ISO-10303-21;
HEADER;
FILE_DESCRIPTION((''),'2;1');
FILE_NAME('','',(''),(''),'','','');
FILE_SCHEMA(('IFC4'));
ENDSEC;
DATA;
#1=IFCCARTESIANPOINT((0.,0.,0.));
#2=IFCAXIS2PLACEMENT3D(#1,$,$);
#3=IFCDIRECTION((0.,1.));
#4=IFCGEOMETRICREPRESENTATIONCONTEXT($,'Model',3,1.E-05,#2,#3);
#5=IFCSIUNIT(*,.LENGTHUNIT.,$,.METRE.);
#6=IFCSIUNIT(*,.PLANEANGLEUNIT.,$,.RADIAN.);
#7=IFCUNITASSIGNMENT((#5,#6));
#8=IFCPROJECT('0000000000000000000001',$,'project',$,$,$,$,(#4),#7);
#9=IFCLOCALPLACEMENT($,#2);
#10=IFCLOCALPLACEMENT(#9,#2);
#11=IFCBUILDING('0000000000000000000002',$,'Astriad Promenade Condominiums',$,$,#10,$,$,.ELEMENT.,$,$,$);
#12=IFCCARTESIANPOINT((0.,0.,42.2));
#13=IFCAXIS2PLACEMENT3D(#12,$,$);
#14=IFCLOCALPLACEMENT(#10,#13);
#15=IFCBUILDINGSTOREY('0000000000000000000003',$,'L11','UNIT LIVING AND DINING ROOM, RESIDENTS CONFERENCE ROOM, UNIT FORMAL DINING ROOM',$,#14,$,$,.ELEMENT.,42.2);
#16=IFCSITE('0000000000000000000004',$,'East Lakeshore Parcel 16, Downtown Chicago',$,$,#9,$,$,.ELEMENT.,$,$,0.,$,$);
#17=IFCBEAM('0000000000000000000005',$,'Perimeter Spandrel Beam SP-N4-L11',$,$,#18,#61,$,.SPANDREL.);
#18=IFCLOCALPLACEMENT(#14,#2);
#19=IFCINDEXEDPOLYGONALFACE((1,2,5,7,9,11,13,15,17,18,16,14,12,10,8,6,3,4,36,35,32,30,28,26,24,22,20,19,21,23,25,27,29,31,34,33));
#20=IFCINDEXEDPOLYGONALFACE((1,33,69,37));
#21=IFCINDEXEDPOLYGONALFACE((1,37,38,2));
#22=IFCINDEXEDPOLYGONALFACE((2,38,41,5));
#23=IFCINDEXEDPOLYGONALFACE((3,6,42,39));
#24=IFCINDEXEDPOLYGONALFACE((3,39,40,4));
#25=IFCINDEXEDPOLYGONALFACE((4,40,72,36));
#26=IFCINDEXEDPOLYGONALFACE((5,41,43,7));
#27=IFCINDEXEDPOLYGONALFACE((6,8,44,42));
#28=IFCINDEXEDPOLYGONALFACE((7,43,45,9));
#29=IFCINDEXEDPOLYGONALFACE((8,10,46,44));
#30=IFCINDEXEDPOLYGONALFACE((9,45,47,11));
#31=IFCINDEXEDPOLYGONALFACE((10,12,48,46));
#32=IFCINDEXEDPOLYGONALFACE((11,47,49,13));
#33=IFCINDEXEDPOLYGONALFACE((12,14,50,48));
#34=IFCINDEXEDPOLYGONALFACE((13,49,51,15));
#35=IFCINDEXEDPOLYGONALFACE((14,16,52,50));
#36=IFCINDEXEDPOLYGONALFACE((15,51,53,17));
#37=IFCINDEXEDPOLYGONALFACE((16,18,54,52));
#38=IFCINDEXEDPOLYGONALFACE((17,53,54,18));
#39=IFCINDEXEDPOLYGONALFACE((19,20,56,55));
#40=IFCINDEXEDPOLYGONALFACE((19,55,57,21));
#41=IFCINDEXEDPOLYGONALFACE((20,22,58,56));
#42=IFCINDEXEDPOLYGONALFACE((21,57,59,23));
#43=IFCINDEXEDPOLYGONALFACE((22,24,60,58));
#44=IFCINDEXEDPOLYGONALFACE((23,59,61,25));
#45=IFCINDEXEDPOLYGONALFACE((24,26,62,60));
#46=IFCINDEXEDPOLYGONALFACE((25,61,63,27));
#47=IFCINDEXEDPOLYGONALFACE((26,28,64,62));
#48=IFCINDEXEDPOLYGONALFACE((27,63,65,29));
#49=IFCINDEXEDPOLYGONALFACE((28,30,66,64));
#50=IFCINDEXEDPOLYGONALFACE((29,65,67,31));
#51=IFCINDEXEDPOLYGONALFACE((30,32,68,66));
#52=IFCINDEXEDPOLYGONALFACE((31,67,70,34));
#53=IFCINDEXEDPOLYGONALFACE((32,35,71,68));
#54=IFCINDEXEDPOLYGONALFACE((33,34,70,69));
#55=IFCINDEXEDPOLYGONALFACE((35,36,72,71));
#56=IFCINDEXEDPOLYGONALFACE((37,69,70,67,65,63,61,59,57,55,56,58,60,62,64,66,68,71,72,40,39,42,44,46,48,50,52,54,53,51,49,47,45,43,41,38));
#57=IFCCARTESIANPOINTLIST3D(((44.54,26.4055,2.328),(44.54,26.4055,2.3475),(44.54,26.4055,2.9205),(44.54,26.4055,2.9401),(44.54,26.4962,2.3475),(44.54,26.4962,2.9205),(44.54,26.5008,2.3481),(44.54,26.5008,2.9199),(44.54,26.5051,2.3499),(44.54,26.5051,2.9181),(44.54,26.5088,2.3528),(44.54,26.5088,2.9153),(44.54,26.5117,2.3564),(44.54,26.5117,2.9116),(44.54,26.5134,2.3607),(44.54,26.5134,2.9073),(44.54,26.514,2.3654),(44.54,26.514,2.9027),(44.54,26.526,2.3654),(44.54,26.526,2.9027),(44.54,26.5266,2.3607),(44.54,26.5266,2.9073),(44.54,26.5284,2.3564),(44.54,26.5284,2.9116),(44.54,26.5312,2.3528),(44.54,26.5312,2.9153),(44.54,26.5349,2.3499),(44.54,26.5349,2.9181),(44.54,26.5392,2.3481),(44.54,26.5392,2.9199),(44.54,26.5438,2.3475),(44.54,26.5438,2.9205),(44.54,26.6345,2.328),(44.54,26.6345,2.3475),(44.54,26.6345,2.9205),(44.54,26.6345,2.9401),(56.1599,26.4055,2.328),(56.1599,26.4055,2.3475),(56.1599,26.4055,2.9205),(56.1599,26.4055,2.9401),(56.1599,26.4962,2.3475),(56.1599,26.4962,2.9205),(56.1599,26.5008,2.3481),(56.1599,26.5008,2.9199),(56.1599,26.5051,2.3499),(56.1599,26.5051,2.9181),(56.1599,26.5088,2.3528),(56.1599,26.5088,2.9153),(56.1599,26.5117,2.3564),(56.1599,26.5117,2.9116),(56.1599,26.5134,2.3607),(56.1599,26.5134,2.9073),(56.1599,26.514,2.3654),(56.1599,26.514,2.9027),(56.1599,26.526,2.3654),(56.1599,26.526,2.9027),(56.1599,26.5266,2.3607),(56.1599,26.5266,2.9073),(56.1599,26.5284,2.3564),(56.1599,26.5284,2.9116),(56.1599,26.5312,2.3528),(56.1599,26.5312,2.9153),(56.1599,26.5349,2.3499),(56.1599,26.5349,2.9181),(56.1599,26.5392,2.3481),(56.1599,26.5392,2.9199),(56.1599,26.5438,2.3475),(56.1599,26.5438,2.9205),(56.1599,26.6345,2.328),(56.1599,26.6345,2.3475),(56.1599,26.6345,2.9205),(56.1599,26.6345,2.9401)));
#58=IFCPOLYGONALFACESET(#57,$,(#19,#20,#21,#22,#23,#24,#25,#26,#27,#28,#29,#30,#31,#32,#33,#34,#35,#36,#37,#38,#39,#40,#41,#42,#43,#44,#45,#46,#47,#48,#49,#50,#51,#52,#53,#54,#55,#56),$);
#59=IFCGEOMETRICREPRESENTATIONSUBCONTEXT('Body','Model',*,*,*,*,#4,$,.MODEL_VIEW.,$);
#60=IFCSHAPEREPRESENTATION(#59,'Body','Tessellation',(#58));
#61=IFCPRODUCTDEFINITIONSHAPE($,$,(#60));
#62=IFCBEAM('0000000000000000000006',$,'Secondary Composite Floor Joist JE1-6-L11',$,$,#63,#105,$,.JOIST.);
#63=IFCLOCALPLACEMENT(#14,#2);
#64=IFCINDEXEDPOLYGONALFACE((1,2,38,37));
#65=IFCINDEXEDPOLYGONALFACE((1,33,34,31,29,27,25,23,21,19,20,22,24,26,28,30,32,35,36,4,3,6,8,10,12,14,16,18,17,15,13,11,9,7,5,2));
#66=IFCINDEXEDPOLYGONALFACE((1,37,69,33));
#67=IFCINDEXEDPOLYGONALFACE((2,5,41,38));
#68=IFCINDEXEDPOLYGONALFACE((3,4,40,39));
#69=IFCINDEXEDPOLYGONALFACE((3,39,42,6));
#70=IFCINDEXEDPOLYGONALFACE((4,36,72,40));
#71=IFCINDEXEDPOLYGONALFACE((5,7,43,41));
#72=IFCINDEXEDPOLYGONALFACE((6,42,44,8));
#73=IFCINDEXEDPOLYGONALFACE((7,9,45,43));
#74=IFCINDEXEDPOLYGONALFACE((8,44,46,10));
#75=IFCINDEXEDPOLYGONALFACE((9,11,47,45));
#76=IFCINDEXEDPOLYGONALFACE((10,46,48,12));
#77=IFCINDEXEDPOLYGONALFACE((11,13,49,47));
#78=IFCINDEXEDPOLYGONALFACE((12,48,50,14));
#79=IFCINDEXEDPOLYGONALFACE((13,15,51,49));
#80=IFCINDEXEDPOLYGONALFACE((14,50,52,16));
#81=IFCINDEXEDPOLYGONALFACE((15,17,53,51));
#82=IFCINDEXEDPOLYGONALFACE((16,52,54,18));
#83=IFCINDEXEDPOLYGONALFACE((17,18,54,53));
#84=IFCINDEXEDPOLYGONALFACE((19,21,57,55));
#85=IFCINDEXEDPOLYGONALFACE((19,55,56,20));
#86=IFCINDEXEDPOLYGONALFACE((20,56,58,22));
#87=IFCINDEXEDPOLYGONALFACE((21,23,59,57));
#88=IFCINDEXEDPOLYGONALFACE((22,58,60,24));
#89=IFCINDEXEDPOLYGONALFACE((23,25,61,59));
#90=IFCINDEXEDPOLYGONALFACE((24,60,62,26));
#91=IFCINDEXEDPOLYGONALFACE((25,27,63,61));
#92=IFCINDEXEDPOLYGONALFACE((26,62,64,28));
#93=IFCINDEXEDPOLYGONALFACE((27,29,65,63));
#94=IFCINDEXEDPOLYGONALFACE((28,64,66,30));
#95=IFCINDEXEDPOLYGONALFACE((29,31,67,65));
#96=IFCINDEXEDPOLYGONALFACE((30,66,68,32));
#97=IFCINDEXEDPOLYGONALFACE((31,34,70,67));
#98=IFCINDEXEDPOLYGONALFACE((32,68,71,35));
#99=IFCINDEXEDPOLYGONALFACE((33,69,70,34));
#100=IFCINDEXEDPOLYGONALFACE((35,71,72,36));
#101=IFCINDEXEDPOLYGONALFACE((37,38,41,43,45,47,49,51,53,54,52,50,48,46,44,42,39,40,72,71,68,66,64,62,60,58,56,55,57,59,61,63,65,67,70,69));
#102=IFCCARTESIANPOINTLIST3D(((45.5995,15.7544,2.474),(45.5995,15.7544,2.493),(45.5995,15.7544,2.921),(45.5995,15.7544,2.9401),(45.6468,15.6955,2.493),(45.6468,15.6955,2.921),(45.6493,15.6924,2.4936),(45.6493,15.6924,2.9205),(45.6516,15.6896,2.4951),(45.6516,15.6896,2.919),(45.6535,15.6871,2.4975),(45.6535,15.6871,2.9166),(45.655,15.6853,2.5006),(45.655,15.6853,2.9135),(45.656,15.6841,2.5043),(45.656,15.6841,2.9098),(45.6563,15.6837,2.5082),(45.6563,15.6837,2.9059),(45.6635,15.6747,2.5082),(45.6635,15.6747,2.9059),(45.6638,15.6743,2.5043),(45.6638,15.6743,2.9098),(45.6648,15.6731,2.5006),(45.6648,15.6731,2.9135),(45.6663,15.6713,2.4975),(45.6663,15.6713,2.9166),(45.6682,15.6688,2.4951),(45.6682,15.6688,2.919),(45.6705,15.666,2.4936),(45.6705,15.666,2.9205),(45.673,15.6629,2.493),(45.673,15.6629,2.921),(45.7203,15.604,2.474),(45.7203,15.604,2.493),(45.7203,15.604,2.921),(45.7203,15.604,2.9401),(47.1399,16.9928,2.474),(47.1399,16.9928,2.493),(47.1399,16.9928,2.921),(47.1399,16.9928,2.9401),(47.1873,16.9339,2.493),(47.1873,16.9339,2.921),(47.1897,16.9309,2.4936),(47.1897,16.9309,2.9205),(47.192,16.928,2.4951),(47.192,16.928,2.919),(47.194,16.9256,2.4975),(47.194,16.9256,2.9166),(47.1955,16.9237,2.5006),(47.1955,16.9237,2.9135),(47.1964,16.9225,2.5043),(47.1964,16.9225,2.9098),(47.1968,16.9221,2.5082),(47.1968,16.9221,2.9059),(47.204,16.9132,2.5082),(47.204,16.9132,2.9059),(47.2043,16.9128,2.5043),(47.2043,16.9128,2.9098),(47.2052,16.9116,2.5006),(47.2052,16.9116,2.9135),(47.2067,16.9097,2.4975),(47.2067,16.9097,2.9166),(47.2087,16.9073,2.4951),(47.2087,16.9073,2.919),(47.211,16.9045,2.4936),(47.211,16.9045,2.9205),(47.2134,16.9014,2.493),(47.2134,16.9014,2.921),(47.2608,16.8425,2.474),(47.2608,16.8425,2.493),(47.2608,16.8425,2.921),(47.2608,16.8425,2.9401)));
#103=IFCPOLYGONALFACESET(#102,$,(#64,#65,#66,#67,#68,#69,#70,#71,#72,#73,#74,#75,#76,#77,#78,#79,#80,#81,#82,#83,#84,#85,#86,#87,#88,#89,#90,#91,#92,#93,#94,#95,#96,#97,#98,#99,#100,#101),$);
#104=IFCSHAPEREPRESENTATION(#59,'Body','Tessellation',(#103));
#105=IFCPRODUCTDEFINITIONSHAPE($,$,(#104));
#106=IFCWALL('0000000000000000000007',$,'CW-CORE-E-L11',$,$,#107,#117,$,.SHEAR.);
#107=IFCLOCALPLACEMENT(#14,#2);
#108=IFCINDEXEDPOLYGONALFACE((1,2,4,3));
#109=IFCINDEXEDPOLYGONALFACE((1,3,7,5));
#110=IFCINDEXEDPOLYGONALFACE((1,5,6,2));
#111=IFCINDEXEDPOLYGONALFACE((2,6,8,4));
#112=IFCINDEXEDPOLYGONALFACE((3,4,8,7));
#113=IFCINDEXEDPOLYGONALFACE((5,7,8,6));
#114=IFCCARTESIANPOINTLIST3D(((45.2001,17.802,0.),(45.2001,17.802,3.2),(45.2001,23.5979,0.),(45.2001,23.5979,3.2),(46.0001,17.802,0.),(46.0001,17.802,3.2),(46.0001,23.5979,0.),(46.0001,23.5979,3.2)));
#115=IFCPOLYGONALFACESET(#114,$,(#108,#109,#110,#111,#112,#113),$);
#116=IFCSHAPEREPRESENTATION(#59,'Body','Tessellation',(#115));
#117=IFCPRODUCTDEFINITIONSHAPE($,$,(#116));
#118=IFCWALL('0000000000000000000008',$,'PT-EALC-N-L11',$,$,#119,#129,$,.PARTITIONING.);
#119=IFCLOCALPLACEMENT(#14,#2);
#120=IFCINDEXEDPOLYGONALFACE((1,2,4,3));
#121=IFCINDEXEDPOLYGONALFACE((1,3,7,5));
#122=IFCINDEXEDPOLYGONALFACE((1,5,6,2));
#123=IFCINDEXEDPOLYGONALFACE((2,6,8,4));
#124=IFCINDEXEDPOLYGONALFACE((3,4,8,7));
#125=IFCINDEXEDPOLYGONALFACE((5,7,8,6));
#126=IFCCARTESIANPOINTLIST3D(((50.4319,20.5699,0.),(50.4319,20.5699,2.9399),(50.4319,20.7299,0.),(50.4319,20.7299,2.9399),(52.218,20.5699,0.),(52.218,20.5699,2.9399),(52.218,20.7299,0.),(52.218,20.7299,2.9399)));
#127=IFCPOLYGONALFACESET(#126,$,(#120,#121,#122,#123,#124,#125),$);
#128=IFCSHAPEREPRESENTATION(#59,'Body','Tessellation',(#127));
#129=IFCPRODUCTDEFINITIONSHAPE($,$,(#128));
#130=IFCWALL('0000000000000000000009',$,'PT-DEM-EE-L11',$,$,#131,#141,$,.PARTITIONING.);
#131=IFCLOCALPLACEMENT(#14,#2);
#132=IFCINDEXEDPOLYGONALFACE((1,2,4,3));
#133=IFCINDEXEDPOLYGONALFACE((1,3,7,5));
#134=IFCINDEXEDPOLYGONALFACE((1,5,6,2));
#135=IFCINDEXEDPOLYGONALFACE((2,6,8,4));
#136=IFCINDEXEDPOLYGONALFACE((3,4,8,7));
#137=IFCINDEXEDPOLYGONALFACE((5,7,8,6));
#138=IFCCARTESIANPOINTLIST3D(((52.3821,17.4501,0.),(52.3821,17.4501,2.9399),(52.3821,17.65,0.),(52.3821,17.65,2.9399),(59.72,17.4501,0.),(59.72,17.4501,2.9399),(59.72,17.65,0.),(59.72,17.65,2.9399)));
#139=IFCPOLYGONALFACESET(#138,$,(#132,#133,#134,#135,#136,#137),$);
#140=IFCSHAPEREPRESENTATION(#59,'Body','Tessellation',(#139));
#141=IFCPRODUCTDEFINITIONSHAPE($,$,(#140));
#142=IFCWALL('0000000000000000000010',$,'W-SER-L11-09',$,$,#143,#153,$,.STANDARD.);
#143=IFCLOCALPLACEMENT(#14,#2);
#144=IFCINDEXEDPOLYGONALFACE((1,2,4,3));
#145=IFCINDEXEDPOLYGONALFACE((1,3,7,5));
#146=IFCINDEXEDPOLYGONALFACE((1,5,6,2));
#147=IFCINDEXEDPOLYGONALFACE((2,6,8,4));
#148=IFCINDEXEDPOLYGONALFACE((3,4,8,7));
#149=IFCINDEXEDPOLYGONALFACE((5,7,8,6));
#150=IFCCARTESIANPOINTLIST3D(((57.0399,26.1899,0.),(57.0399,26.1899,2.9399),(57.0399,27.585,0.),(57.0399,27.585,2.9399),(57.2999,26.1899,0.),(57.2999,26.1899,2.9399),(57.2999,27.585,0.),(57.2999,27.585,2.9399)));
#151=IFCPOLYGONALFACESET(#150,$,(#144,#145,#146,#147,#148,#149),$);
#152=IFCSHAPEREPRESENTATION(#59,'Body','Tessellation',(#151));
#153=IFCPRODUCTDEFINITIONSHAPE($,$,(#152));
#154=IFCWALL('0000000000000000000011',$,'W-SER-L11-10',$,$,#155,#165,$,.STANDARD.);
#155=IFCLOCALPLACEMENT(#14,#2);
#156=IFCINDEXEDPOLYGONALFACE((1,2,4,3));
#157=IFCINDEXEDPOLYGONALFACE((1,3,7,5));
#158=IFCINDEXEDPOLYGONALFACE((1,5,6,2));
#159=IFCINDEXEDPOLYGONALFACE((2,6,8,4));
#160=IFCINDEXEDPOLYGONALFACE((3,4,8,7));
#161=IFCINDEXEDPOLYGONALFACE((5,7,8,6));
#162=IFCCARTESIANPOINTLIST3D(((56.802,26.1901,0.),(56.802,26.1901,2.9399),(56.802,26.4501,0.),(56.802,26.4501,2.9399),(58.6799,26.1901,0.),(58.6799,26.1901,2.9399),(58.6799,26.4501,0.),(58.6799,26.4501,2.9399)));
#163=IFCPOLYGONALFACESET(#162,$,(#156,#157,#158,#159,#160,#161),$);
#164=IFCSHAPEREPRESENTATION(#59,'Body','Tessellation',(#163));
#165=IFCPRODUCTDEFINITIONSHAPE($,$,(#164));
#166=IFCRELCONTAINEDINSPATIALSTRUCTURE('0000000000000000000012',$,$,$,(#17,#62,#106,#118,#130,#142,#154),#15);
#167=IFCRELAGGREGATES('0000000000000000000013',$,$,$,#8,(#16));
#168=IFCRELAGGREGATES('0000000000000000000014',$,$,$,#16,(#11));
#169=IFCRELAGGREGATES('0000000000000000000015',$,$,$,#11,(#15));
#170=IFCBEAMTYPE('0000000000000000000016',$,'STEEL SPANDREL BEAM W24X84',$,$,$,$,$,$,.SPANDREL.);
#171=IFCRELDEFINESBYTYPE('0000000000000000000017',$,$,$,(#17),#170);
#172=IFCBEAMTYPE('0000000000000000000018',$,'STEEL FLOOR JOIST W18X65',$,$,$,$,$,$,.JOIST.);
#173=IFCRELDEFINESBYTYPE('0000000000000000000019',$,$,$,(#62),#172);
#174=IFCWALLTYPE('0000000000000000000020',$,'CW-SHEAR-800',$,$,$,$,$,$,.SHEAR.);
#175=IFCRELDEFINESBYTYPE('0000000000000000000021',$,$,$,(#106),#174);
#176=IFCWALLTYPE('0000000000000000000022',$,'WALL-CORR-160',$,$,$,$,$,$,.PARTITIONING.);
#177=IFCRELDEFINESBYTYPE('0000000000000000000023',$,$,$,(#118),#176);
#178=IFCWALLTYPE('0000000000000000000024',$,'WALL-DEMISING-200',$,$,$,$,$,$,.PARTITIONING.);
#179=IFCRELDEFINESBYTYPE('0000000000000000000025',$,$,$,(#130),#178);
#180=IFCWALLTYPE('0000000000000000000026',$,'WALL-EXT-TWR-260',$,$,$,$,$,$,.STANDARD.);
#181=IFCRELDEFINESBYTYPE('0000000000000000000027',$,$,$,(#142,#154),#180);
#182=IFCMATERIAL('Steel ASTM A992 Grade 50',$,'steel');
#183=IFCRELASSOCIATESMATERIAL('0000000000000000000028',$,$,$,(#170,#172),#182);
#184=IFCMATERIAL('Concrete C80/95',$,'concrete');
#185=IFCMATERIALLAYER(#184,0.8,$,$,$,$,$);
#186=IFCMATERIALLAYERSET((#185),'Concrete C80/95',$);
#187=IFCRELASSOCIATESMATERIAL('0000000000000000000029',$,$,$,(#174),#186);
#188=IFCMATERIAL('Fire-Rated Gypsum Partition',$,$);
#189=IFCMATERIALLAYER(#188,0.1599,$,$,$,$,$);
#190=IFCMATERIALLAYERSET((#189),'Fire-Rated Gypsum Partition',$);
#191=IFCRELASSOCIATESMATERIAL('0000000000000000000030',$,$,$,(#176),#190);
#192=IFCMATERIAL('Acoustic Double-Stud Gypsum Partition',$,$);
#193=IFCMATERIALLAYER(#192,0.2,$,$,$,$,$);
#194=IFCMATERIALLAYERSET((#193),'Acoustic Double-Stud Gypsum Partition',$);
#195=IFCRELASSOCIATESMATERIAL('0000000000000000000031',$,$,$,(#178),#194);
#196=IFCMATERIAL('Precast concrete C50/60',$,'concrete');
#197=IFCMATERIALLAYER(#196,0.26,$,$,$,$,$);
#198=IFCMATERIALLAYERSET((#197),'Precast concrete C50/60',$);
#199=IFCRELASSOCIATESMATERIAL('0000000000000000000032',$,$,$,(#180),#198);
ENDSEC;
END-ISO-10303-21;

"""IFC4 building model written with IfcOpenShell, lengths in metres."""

from ifc_helpers import new_model, si_unit, direction, frame, frame_2d, origin, origin_2d, place, context, subcontext, project, spatial, rectangle, i_section, extrude, source, transform, mapped, material, layer, layer_set, material_profile, profile_set, type_object, type_shapes, element, save


model = new_model("IFC4")

# Units and contexts
model_context = context("Model", 3, precision=1e-05, world=origin(), true_north=direction((0.0, 1.0)))
body_context = subcontext(model_context, "Body", "Model", "MODEL_VIEW")
ifc_project = project(units=[si_unit("LENGTHUNIT", "METRE"), si_unit("PLANEANGLEUNIT", "RADIAN")], contexts=[model_context])

# Site, building, storey
site_placement = place(None, origin())
site = spatial("IfcSite", under=ifc_project, at=site_placement, Name="East Lakeshore Parcel 16, Downtown Chicago", CompositionType="ELEMENT", RefElevation=0.0)
building_placement = place(site_placement, origin())
building = spatial("IfcBuilding", under=site, at=building_placement, Name="Astriad Promenade Condominiums", CompositionType="ELEMENT")
storey_placement = place(building_placement, frame((0.0, 0.0, 42.2)))
storey = spatial("IfcBuildingStorey", under=building, at=storey_placement, Name="L11", Description="UNIT LIVING AND DINING ROOM, RESIDENTS CONFERENCE ROOM, UNIT FORMAL DINING ROOM", CompositionType="ELEMENT", Elevation=42.2)

# Shared definitions
ifc_material_1 = material(Name="Steel ASTM A992 Grade 50", Category="steel")
ifc_material_2 = material(Name="Concrete C80/95", Category="concrete")

# Beams
ifc_material_profile_1 = material_profile(ifc_material_1, i_section(OverallWidth=0.229, OverallDepth=0.6121, WebThickness=0.012, FlangeThickness=0.0195, FilletRadius=0.0178, at=origin_2d()), Name="W24X84")
ifc_profile_set_1 = profile_set([ifc_material_profile_1], Name="Steel ASTM A992 Grade 50")
beam_type_1 = type_object("IfcBeamType", Name="STEEL SPANDREL BEAM W24X84", PredefinedType="SPANDREL", material=ifc_profile_set_1)
shared_shape_1 = source(origin(), body_context, "Body", "SweptSolid", [
    extrude(i_section(OverallWidth=0.229, OverallDepth=0.6121, WebThickness=0.012, FlangeThickness=0.0195, FilletRadius=0.0178, at=origin_2d()), origin(), (0.0, 0.0, 1.0), 11.6199),
])
type_shapes(beam_type_1, [shared_shape_1])
beam_1_placement = place(storey_placement, frame((56.1599, 26.52, 2.634), z_axis=(-1.0, 0.0, 0.0), x_axis=(0.0, -1.0, 0.0)))
element("IfcBeam", 1, at=beam_1_placement, inside=storey, type_object=beam_type_1, Name="Perimeter Spandrel Beam SP-N4-L11", PredefinedType="SPANDREL", context=body_context, shape_type="MappedRepresentation", body=[
    mapped(shared_shape_1, transform((0.0, 0.0, 0.0), scale=1.0)),
])
ifc_material_profile_2 = material_profile(ifc_material_1, i_section(OverallWidth=0.1929, OverallDepth=0.4661, WebThickness=0.0115, FlangeThickness=0.019, FilletRadius=0.0151, at=origin_2d()), Name="W18X65")
ifc_profile_set_2 = profile_set([ifc_material_profile_2], Name="Steel ASTM A992 Grade 50")
beam_type_2 = type_object("IfcBeamType", Name="STEEL FLOOR JOIST W18X65", PredefinedType="JOIST", material=ifc_profile_set_2)
shared_shape_2 = source(origin(), body_context, "Body", "SweptSolid", [
    extrude(i_section(OverallWidth=0.1929, OverallDepth=0.4661, WebThickness=0.0115, FlangeThickness=0.019, FilletRadius=0.0151, at=origin_2d()), origin(), (0.0, 0.0, 1.0), 1.9766),
])
type_shapes(beam_type_2, [shared_shape_2])
beam_2_placement = place(storey_placement, frame((45.6599, 15.6792, 2.707), z_axis=(0.77936, 0.626576, 0.0), x_axis=(-0.626576, 0.77936, 0.0)))
element("IfcBeam", 2, at=beam_2_placement, inside=storey, type_object=beam_type_2, Name="Secondary Composite Floor Joist JE1-6-L11", PredefinedType="JOIST", context=body_context, shape_type="MappedRepresentation", body=[
    mapped(shared_shape_2, transform((0.0, 0.0, 0.0), scale=1.0)),
])

# Walls
ifc_layer_1 = layer(ifc_material_2, 0.8)
ifc_layer_set_1 = layer_set([ifc_layer_1], Name="Concrete C80/95")
wall_type_1 = type_object("IfcWallType", Name="CW-SHEAR-800", PredefinedType="SHEAR", material=ifc_layer_set_1)
wall_1_placement = place(storey_placement, frame((45.6001, 17.802, 0.0), z_axis=(0.0, 0.0, 1.0), x_axis=(0.0, 1.0, 0.0)))
element("IfcWall", 3, at=wall_1_placement, inside=storey, type_object=wall_type_1, Name="CW-CORE-E-L11", PredefinedType="SHEAR", context=body_context, shape_type="SweptSolid", body=[
    extrude(rectangle(XDim=5.7959, YDim=0.8, at=frame_2d((2.8979, 0.0))), origin(), (0.0, 0.0, 1.0), 3.2),
])
ifc_material_3 = material(Name="Fire-Rated Gypsum Partition")
ifc_layer_2 = layer(ifc_material_3, 0.1599)
ifc_layer_set_2 = layer_set([ifc_layer_2], Name="Fire-Rated Gypsum Partition")
wall_type_2 = type_object("IfcWallType", Name="WALL-CORR-160", PredefinedType="PARTITIONING", material=ifc_layer_set_2)
wall_2_placement = place(storey_placement, frame((50.4319, 20.6499, 0.0), z_axis=(0.0, 0.0, 1.0), x_axis=(1.0, 0.0, 0.0)))
element("IfcWall", 4, at=wall_2_placement, inside=storey, type_object=wall_type_2, Name="PT-EALC-N-L11", PredefinedType="PARTITIONING", context=body_context, shape_type="SweptSolid", body=[
    extrude(rectangle(XDim=1.7861, YDim=0.1599, at=frame_2d((0.8931, 0.0))), origin(), (0.0, 0.0, 1.0), 2.9399),
])
ifc_material_4 = material(Name="Acoustic Double-Stud Gypsum Partition")
ifc_layer_3 = layer(ifc_material_4, 0.2)
ifc_layer_set_3 = layer_set([ifc_layer_3], Name="Acoustic Double-Stud Gypsum Partition")
wall_type_3 = type_object("IfcWallType", Name="WALL-DEMISING-200", PredefinedType="PARTITIONING", material=ifc_layer_set_3)
wall_3_placement = place(storey_placement, frame((52.3821, 17.55, 0.0), z_axis=(0.0, 0.0, 1.0), x_axis=(1.0, 0.0, 0.0)))
element("IfcWall", 5, at=wall_3_placement, inside=storey, type_object=wall_type_3, Name="PT-DEM-EE-L11", PredefinedType="PARTITIONING", context=body_context, shape_type="SweptSolid", body=[
    extrude(rectangle(XDim=7.3379, YDim=0.2, at=frame_2d((3.6689, 0.0))), origin(), (0.0, 0.0, 1.0), 2.9399),
])
ifc_material_5 = material(Name="Precast concrete C50/60", Category="concrete")
ifc_layer_4 = layer(ifc_material_5, 0.26)
ifc_layer_set_4 = layer_set([ifc_layer_4], Name="Precast concrete C50/60")
wall_type_4 = type_object("IfcWallType", Name="WALL-EXT-TWR-260", PredefinedType="STANDARD", material=ifc_layer_set_4)
wall_4_placement = place(storey_placement, frame((57.1699, 27.585, 0.0), z_axis=(0.0, 0.0, 1.0), x_axis=(0.0, -1.0, 0.0)))
element("IfcWall", 6, at=wall_4_placement, inside=storey, type_object=wall_type_4, Name="W-SER-L11-09", PredefinedType="STANDARD", context=body_context, shape_type="SweptSolid", body=[
    extrude(rectangle(XDim=1.395, YDim=0.26, at=frame_2d((0.6975, 0.0))), origin(), (0.0, 0.0, 1.0), 2.9399),
])
wall_5_placement = place(storey_placement, frame((56.802, 26.3201, 0.0), z_axis=(0.0, 0.0, 1.0), x_axis=(1.0, 0.0, 0.0)))
element("IfcWall", 7, at=wall_5_placement, inside=storey, type_object=wall_type_4, Name="W-SER-L11-10", PredefinedType="STANDARD", context=body_context, shape_type="SweptSolid", body=[
    extrude(rectangle(XDim=1.8779, YDim=0.26, at=frame_2d((0.939, 0.0))), origin(), (0.0, 0.0, 1.0), 2.9399),
])

save(model, "model.ifc")
